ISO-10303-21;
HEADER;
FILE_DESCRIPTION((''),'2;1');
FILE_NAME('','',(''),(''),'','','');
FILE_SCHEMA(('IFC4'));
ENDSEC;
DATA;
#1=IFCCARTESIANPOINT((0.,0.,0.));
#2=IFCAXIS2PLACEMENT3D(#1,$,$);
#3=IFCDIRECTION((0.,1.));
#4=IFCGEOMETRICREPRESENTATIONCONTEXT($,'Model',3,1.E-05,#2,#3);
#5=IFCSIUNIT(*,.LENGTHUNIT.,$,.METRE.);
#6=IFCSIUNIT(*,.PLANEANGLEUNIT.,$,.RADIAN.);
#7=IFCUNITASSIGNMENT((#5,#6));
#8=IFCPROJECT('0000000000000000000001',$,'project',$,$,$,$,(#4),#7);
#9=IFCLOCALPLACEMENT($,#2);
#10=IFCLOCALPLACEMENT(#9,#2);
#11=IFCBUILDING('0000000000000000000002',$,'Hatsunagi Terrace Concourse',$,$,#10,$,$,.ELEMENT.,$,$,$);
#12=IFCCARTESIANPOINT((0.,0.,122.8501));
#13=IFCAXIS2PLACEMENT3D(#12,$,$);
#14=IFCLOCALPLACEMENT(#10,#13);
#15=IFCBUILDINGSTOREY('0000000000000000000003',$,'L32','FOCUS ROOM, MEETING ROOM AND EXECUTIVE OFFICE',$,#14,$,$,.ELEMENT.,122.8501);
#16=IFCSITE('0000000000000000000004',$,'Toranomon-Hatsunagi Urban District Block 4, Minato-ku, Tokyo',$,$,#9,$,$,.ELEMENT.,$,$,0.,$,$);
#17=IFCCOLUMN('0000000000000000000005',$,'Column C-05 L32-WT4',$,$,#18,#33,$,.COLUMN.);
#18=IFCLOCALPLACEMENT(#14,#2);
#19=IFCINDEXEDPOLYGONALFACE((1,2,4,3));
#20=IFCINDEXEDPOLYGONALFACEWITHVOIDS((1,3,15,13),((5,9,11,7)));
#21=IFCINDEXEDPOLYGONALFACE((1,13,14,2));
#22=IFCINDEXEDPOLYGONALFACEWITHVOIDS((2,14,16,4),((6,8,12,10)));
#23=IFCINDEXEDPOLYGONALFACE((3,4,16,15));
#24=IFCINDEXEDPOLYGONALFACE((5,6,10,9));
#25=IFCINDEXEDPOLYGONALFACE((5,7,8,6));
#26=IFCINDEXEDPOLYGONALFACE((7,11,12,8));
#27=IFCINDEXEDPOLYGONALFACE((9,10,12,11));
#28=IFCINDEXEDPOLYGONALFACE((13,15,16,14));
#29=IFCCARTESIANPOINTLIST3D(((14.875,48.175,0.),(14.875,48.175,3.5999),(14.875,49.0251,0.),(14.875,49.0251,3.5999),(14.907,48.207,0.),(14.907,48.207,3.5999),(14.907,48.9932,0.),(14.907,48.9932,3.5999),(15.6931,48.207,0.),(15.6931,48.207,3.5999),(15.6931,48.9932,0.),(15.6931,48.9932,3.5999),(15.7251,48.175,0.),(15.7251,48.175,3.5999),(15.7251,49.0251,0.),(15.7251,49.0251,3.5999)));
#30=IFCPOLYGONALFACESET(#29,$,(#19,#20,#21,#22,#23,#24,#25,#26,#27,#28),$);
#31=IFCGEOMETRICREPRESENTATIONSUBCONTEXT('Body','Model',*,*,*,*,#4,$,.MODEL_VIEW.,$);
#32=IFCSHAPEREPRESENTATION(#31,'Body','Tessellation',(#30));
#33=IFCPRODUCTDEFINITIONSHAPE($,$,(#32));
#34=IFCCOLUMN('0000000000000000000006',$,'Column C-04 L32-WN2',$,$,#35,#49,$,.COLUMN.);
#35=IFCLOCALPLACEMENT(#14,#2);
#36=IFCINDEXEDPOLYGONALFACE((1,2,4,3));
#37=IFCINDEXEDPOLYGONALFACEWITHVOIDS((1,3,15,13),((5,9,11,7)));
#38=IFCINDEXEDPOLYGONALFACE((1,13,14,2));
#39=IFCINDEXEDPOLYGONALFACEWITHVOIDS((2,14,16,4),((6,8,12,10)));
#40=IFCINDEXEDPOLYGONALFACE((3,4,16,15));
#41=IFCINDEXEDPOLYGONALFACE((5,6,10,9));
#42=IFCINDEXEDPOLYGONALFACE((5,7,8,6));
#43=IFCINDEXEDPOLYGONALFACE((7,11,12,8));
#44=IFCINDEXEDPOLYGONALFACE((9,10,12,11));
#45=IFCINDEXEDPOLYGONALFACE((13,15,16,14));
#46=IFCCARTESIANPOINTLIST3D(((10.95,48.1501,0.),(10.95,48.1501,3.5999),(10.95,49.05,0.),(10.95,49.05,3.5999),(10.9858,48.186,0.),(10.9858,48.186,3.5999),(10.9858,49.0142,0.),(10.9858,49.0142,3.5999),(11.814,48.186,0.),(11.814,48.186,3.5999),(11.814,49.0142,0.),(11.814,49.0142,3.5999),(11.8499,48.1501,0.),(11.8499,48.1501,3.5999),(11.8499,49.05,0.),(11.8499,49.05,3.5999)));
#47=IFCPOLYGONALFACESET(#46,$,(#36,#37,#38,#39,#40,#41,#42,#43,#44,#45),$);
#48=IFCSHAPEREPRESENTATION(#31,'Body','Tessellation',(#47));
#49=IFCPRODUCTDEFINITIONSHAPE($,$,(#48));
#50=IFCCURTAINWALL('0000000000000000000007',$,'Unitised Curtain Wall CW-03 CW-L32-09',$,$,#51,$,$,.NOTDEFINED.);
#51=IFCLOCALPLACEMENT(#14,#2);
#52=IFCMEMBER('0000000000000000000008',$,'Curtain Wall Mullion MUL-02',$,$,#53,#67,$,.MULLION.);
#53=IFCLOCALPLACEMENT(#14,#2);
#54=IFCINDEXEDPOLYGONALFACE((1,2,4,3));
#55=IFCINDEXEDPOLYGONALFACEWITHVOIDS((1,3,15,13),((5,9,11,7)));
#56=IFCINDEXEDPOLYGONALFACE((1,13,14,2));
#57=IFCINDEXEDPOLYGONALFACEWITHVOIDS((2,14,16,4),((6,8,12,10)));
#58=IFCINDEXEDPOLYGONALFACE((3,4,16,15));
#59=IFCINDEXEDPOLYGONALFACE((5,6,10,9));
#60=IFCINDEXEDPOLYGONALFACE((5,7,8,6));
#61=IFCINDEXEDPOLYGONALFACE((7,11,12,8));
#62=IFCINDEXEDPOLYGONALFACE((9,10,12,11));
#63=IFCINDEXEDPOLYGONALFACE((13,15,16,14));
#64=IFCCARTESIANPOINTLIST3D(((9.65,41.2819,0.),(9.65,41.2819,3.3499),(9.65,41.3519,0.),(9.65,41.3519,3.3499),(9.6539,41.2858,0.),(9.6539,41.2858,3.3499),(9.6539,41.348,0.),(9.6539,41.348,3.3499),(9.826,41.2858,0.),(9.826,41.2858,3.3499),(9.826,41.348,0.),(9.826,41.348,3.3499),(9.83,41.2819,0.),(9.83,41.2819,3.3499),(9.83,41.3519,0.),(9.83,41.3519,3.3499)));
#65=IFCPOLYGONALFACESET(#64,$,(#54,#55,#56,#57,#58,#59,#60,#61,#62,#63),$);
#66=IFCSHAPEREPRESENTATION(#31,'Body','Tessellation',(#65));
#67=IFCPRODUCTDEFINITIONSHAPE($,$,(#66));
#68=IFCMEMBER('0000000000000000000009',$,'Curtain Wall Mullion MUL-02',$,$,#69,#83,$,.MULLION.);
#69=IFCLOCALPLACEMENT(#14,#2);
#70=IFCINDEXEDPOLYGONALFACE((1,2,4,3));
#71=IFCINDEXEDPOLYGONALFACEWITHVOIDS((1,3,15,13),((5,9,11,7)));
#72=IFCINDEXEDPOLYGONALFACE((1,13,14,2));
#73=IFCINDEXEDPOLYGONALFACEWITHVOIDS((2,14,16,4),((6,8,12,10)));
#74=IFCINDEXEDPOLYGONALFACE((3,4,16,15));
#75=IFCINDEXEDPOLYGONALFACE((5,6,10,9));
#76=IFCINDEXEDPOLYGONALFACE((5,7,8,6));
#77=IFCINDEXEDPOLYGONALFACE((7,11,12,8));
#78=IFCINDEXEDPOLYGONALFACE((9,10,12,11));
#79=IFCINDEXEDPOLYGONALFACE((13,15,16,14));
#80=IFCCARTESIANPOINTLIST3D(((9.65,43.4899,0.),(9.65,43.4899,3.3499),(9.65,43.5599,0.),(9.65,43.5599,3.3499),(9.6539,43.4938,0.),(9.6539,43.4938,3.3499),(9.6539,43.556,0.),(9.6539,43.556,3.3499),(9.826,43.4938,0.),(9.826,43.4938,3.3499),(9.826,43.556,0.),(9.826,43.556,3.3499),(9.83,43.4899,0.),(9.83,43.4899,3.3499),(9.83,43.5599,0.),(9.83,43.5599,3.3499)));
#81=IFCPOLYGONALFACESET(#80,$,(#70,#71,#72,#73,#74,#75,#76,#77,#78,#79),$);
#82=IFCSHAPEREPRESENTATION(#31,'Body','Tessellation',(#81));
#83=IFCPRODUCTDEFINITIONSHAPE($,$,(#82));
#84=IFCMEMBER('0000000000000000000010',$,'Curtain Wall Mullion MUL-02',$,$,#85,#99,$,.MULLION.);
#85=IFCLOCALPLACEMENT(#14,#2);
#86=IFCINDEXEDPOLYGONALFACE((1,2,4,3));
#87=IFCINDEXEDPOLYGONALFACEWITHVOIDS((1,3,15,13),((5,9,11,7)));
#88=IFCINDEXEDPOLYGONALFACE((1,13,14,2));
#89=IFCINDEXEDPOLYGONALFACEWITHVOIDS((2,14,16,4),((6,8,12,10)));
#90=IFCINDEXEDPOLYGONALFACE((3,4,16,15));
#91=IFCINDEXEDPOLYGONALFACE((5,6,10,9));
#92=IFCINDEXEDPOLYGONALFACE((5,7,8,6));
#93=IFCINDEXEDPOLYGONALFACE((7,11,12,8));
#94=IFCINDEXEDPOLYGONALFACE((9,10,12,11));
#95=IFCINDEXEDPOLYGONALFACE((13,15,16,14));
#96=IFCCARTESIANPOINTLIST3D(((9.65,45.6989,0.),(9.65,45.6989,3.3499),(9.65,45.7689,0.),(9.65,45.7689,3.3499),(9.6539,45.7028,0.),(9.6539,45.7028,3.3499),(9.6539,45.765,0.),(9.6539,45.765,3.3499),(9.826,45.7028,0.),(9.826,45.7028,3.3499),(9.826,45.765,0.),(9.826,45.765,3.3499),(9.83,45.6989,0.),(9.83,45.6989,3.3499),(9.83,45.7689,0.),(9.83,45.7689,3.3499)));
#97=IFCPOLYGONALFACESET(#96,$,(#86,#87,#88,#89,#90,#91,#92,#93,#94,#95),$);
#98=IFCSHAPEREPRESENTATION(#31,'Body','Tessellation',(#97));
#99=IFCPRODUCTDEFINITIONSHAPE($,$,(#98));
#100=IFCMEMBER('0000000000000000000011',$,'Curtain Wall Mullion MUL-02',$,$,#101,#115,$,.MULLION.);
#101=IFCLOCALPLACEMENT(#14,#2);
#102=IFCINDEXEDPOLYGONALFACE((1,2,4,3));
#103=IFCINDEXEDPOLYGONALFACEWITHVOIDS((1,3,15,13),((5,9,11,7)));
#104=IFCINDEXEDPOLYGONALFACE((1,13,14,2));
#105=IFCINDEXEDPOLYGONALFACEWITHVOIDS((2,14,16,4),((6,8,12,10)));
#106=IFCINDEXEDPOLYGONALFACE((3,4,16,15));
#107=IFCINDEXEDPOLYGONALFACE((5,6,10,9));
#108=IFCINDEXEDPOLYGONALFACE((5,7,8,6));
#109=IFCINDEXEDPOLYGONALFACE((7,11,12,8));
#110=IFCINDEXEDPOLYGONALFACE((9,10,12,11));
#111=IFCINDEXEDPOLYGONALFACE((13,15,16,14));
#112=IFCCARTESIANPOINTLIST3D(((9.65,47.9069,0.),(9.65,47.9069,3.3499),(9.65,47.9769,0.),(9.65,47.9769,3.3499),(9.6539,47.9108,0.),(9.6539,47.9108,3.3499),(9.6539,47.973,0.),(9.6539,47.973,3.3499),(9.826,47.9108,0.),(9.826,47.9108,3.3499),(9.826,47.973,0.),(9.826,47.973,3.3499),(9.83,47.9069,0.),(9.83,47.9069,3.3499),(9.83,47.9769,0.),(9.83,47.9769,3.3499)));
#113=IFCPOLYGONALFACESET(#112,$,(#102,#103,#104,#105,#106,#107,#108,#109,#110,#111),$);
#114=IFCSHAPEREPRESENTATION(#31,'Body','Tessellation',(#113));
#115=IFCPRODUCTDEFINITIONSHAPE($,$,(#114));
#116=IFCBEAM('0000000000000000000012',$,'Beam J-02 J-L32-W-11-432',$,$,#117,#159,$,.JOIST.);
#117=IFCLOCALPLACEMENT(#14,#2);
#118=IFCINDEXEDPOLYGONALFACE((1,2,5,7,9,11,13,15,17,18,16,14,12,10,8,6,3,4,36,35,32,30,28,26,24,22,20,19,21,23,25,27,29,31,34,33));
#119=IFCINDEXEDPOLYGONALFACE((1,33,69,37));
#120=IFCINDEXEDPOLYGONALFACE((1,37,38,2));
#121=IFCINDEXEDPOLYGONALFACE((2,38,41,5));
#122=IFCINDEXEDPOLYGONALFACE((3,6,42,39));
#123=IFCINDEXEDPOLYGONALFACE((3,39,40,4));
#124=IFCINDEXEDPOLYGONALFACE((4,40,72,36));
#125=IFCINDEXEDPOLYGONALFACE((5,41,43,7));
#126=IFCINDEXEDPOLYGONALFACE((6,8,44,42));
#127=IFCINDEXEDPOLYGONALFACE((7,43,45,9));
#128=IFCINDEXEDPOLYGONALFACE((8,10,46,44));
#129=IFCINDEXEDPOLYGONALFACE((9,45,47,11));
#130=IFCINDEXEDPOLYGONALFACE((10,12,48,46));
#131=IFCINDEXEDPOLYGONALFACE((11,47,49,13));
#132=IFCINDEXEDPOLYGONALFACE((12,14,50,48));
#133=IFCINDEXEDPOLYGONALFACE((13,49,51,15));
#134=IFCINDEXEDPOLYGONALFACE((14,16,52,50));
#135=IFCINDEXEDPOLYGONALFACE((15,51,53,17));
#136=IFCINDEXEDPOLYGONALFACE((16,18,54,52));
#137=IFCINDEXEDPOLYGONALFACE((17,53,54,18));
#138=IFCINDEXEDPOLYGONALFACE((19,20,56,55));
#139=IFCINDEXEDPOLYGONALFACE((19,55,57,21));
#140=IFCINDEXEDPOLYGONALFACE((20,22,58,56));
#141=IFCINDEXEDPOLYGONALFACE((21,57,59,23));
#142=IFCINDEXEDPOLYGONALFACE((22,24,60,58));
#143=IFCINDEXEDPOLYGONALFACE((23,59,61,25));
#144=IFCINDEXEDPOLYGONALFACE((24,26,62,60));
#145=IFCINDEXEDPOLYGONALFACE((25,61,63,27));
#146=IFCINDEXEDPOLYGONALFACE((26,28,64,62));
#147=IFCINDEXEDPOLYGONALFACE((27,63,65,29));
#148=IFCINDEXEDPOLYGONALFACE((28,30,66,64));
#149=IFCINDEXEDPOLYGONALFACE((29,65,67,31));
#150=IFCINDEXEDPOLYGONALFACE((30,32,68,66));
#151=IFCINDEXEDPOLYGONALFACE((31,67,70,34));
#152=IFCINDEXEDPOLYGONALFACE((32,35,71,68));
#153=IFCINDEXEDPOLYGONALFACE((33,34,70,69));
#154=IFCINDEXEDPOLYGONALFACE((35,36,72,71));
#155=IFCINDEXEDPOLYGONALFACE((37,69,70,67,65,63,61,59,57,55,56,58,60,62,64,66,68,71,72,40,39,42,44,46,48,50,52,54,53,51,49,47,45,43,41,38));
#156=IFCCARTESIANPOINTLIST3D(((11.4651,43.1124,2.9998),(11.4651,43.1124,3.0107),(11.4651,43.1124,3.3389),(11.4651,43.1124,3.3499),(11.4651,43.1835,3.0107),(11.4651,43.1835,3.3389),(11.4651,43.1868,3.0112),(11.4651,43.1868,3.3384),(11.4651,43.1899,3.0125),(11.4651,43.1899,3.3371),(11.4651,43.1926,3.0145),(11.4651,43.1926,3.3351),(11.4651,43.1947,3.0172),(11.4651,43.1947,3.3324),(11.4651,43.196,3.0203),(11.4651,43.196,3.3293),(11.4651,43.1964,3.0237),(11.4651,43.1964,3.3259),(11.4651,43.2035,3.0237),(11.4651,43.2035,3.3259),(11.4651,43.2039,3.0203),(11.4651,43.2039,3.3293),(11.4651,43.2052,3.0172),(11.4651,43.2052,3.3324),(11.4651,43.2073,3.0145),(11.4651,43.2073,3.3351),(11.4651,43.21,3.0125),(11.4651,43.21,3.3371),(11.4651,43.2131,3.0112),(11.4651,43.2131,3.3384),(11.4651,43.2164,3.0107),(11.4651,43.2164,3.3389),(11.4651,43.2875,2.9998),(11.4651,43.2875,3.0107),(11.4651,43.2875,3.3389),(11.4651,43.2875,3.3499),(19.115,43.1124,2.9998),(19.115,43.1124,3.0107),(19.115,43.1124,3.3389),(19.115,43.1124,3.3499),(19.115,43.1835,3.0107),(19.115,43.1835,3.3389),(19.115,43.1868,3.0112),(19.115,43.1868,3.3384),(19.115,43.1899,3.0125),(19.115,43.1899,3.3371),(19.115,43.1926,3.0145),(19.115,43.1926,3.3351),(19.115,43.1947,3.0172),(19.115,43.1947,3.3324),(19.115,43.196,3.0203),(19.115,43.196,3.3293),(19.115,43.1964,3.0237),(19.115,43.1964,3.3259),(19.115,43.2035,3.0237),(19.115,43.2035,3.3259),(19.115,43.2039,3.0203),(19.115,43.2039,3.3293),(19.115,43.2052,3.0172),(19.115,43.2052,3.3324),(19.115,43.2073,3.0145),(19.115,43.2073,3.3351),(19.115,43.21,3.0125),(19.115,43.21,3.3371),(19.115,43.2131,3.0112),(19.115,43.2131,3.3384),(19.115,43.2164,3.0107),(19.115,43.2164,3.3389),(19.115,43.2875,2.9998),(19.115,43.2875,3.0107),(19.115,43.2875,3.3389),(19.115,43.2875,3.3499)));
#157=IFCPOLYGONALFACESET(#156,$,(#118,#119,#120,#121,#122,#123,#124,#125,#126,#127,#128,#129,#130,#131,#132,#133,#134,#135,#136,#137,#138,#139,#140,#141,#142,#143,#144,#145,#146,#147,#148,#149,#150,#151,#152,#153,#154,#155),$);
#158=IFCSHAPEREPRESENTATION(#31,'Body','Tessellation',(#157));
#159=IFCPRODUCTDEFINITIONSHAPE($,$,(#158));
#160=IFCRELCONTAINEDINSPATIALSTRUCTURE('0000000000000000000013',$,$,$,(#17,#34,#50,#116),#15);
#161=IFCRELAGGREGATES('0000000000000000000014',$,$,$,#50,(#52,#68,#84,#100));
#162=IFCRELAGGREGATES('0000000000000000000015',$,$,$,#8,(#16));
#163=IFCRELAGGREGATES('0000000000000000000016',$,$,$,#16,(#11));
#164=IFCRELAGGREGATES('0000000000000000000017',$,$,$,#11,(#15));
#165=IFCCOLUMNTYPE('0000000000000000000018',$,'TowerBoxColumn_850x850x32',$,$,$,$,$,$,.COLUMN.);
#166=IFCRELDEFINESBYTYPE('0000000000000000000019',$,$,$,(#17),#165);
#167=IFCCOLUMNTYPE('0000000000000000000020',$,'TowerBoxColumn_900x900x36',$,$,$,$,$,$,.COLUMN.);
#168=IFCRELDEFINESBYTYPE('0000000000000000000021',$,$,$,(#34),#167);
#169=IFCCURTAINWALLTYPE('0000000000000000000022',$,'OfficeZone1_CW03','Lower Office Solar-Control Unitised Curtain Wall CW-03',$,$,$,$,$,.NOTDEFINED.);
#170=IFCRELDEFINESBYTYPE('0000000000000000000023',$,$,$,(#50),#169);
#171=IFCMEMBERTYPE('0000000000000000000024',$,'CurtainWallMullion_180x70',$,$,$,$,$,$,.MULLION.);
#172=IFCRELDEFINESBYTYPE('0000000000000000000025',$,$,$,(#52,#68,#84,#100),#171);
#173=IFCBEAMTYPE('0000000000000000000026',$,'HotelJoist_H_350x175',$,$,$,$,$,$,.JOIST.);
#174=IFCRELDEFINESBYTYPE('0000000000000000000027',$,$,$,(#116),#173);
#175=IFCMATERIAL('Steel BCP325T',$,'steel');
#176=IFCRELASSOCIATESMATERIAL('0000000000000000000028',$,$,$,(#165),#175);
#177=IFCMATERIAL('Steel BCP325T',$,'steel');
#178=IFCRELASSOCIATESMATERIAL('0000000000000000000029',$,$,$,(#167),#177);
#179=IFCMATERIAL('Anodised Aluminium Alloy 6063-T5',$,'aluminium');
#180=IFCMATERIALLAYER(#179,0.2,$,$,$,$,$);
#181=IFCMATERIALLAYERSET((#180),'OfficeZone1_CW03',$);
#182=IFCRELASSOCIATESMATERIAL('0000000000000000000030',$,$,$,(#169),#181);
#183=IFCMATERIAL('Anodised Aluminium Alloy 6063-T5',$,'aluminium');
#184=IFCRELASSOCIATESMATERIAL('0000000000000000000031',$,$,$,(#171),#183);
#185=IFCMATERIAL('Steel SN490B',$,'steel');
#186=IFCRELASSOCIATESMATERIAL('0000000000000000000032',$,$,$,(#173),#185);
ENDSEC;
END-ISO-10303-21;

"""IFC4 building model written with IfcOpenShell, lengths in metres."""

from ifc_helpers import new_model, si_unit, direction, frame, origin, origin_2d, place, context, subcontext, project, spatial, hollow_rectangle, i_section, extrude, material, layer, layer_set, material_profile, profile_set, type_object, element, aggregate, save


model = new_model("IFC4")

# Units and contexts
model_context = context("Model", 3, precision=1e-05, world=origin(), true_north=direction((0.0, 1.0)))
body_context = subcontext(model_context, "Body", "Model", "MODEL_VIEW")
ifc_project = project(units=[si_unit("LENGTHUNIT", "METRE"), si_unit("PLANEANGLEUNIT", "RADIAN")], contexts=[model_context])

# Site, building, storey
site_placement = place(None, origin())
site = spatial("IfcSite", under=ifc_project, at=site_placement, Name="Toranomon-Hatsunagi Urban District Block 4, Minato-ku, Tokyo", CompositionType="ELEMENT", RefElevation=0.0)
building_placement = place(site_placement, origin())
building = spatial("IfcBuilding", under=site, at=building_placement, Name="Hatsunagi Terrace Concourse", CompositionType="ELEMENT")
storey_placement = place(building_placement, frame((0.0, 0.0, 122.8501)))
storey = spatial("IfcBuildingStorey", under=building, at=storey_placement, Name="L32", Description="FOCUS ROOM, MEETING ROOM AND EXECUTIVE OFFICE", CompositionType="ELEMENT", Elevation=122.8501)

# Columns
ifc_material_1 = material(Name="Steel BCP325T", Category="steel")
ifc_material_profile_1 = material_profile(ifc_material_1, hollow_rectangle(XDim=0.8501, YDim=0.8501, WallThickness=0.032, at=origin_2d()), Name="BCP-850x850x32")
ifc_profile_set_1 = profile_set([ifc_material_profile_1], Name="Steel BCP325T")
column_type_1 = type_object("IfcColumnType", Name="TowerBoxColumn_850x850x32", PredefinedType="COLUMN", material=ifc_profile_set_1)
column_1_placement = place(storey_placement, frame((15.3, 48.6001, 0.0), z_axis=(0.0, 0.0, 1.0), x_axis=(1.0, 0.0, 0.0)))
element("IfcColumn", 1, at=column_1_placement, inside=storey, type_object=column_type_1, Name="Column C-05 L32-WT4", PredefinedType="COLUMN", context=body_context, shape_type="SweptSolid", body=[
    extrude(hollow_rectangle(XDim=0.8501, YDim=0.8501, WallThickness=0.032, at=origin_2d()), origin(), (0.0, 0.0, 1.0), 3.5999),
])
ifc_material_2 = material(Name="Steel BCP325T", Category="steel")
ifc_material_profile_2 = material_profile(ifc_material_2, hollow_rectangle(XDim=0.8999, YDim=0.8999, WallThickness=0.0359, at=origin_2d()), Name="BCP-900x900x36")
ifc_profile_set_2 = profile_set([ifc_material_profile_2], Name="Steel BCP325T")
column_type_2 = type_object("IfcColumnType", Name="TowerBoxColumn_900x900x36", PredefinedType="COLUMN", material=ifc_profile_set_2)
column_2_placement = place(storey_placement, frame((11.3999, 48.6001, 0.0), z_axis=(0.0, 0.0, 1.0), x_axis=(1.0, 0.0, 0.0)))
element("IfcColumn", 2, at=column_2_placement, inside=storey, type_object=column_type_2, Name="Column C-04 L32-WN2", PredefinedType="COLUMN", context=body_context, shape_type="SweptSolid", body=[
    extrude(hollow_rectangle(XDim=0.8999, YDim=0.8999, WallThickness=0.0359, at=origin_2d()), origin(), (0.0, 0.0, 1.0), 3.5999),
])

# Curtain wall, members
ifc_material_3 = material(Name="Anodised Aluminium Alloy 6063-T5", Category="aluminium")
ifc_layer_1 = layer(ifc_material_3, 0.2)
ifc_layer_set_1 = layer_set([ifc_layer_1], Name="OfficeZone1_CW03")
curtain_wall_type = type_object("IfcCurtainWallType", Name="OfficeZone1_CW03", Description="Lower Office Solar-Control Unitised Curtain Wall CW-03", PredefinedType="NOTDEFINED", material=ifc_layer_set_1)
curtain_wall_placement = place(storey_placement, origin())
curtain_wall = element("IfcCurtainWall", 3, at=curtain_wall_placement, inside=storey, type_object=curtain_wall_type, Name="Unitised Curtain Wall CW-03 CW-L32-09", PredefinedType="NOTDEFINED")
ifc_material_4 = material(Name="Anodised Aluminium Alloy 6063-T5", Category="aluminium")
ifc_material_profile_3 = material_profile(ifc_material_4, hollow_rectangle(XDim=0.0701, YDim=0.1799, WallThickness=0.0039, at=origin_2d()), Name="ALU-MUL-180x70x4")
ifc_profile_set_3 = profile_set([ifc_material_profile_3], Name="Anodised Aluminium Alloy 6063-T5")
member_type = type_object("IfcMemberType", Name="CurtainWallMullion_180x70", PredefinedType="MULLION", material=ifc_profile_set_3)
member_1_placement = place(storey_placement, frame((9.74, 41.3169, 0.0), z_axis=(0.0, 0.0, 1.0), x_axis=(0.0, 1.0, 0.0)))
member_1 = element("IfcMember", 4, at=member_1_placement, type_object=member_type, Name="Curtain Wall Mullion MUL-02", PredefinedType="MULLION", context=body_context, shape_type="SweptSolid", body=[
    extrude(hollow_rectangle(XDim=0.0701, YDim=0.1799, WallThickness=0.0039, at=origin_2d()), origin(), (0.0, 0.0, 1.0), 3.3499),
])
member_2_placement = place(storey_placement, frame((9.74, 43.5249, 0.0), z_axis=(0.0, 0.0, 1.0), x_axis=(0.0, 1.0, 0.0)))
member_2 = element("IfcMember", 5, at=member_2_placement, type_object=member_type, Name="Curtain Wall Mullion MUL-02", PredefinedType="MULLION", context=body_context, shape_type="SweptSolid", body=[
    extrude(hollow_rectangle(XDim=0.0701, YDim=0.1799, WallThickness=0.0039, at=origin_2d()), origin(), (0.0, 0.0, 1.0), 3.3499),
])
member_3_placement = place(storey_placement, frame((9.74, 45.7339, 0.0), z_axis=(0.0, 0.0, 1.0), x_axis=(0.0, 1.0, 0.0)))
member_3 = element("IfcMember", 6, at=member_3_placement, type_object=member_type, Name="Curtain Wall Mullion MUL-02", PredefinedType="MULLION", context=body_context, shape_type="SweptSolid", body=[
    extrude(hollow_rectangle(XDim=0.0701, YDim=0.1799, WallThickness=0.0039, at=origin_2d()), origin(), (0.0, 0.0, 1.0), 3.3499),
])
member_4_placement = place(storey_placement, frame((9.74, 47.9419, 0.0), z_axis=(0.0, 0.0, 1.0), x_axis=(0.0, 1.0, 0.0)))
member_4 = element("IfcMember", 7, at=member_4_placement, type_object=member_type, Name="Curtain Wall Mullion MUL-02", PredefinedType="MULLION", context=body_context, shape_type="SweptSolid", body=[
    extrude(hollow_rectangle(XDim=0.0701, YDim=0.1799, WallThickness=0.0039, at=origin_2d()), origin(), (0.0, 0.0, 1.0), 3.3499),
])

# Beam
ifc_material_5 = material(Name="Steel SN490B", Category="steel")
ifc_material_profile_4 = material_profile(ifc_material_5, i_section(OverallWidth=0.175, OverallDepth=0.3501, WebThickness=0.0071, FlangeThickness=0.011, FilletRadius=0.0129, at=origin_2d()), Name="H-350x175x7x11")
ifc_profile_set_4 = profile_set([ifc_material_profile_4], Name="Steel SN490B")
beam_type_1 = type_object("IfcBeamType", Name="HotelJoist_H_350x175", PredefinedType="JOIST", material=ifc_profile_set_4)
for number, where, z_axis, x_axis, name in (
    (8, (11.4651, 43.2, 3.1748), (1.0, 0.0, 0.0), (0.0, 1.0, 0.0), "Beam J-02 J-L32-W-11-432"),
):
    element("IfcBeam", number, at=place(storey_placement, frame(where, z_axis=z_axis, x_axis=x_axis)), inside=storey, type_object=beam_type_1, Name=name, PredefinedType="JOIST", context=body_context, shape_type="SweptSolid", body=[
        extrude(i_section(OverallWidth=0.175, OverallDepth=0.3501, WebThickness=0.0071, FlangeThickness=0.011, FilletRadius=0.0129, at=origin_2d()), origin(), (0.0, 0.0, 1.0), 7.6499),
    ])

aggregate(curtain_wall, [member_1, member_2, member_3, member_4])

save(model, "model.ifc")
